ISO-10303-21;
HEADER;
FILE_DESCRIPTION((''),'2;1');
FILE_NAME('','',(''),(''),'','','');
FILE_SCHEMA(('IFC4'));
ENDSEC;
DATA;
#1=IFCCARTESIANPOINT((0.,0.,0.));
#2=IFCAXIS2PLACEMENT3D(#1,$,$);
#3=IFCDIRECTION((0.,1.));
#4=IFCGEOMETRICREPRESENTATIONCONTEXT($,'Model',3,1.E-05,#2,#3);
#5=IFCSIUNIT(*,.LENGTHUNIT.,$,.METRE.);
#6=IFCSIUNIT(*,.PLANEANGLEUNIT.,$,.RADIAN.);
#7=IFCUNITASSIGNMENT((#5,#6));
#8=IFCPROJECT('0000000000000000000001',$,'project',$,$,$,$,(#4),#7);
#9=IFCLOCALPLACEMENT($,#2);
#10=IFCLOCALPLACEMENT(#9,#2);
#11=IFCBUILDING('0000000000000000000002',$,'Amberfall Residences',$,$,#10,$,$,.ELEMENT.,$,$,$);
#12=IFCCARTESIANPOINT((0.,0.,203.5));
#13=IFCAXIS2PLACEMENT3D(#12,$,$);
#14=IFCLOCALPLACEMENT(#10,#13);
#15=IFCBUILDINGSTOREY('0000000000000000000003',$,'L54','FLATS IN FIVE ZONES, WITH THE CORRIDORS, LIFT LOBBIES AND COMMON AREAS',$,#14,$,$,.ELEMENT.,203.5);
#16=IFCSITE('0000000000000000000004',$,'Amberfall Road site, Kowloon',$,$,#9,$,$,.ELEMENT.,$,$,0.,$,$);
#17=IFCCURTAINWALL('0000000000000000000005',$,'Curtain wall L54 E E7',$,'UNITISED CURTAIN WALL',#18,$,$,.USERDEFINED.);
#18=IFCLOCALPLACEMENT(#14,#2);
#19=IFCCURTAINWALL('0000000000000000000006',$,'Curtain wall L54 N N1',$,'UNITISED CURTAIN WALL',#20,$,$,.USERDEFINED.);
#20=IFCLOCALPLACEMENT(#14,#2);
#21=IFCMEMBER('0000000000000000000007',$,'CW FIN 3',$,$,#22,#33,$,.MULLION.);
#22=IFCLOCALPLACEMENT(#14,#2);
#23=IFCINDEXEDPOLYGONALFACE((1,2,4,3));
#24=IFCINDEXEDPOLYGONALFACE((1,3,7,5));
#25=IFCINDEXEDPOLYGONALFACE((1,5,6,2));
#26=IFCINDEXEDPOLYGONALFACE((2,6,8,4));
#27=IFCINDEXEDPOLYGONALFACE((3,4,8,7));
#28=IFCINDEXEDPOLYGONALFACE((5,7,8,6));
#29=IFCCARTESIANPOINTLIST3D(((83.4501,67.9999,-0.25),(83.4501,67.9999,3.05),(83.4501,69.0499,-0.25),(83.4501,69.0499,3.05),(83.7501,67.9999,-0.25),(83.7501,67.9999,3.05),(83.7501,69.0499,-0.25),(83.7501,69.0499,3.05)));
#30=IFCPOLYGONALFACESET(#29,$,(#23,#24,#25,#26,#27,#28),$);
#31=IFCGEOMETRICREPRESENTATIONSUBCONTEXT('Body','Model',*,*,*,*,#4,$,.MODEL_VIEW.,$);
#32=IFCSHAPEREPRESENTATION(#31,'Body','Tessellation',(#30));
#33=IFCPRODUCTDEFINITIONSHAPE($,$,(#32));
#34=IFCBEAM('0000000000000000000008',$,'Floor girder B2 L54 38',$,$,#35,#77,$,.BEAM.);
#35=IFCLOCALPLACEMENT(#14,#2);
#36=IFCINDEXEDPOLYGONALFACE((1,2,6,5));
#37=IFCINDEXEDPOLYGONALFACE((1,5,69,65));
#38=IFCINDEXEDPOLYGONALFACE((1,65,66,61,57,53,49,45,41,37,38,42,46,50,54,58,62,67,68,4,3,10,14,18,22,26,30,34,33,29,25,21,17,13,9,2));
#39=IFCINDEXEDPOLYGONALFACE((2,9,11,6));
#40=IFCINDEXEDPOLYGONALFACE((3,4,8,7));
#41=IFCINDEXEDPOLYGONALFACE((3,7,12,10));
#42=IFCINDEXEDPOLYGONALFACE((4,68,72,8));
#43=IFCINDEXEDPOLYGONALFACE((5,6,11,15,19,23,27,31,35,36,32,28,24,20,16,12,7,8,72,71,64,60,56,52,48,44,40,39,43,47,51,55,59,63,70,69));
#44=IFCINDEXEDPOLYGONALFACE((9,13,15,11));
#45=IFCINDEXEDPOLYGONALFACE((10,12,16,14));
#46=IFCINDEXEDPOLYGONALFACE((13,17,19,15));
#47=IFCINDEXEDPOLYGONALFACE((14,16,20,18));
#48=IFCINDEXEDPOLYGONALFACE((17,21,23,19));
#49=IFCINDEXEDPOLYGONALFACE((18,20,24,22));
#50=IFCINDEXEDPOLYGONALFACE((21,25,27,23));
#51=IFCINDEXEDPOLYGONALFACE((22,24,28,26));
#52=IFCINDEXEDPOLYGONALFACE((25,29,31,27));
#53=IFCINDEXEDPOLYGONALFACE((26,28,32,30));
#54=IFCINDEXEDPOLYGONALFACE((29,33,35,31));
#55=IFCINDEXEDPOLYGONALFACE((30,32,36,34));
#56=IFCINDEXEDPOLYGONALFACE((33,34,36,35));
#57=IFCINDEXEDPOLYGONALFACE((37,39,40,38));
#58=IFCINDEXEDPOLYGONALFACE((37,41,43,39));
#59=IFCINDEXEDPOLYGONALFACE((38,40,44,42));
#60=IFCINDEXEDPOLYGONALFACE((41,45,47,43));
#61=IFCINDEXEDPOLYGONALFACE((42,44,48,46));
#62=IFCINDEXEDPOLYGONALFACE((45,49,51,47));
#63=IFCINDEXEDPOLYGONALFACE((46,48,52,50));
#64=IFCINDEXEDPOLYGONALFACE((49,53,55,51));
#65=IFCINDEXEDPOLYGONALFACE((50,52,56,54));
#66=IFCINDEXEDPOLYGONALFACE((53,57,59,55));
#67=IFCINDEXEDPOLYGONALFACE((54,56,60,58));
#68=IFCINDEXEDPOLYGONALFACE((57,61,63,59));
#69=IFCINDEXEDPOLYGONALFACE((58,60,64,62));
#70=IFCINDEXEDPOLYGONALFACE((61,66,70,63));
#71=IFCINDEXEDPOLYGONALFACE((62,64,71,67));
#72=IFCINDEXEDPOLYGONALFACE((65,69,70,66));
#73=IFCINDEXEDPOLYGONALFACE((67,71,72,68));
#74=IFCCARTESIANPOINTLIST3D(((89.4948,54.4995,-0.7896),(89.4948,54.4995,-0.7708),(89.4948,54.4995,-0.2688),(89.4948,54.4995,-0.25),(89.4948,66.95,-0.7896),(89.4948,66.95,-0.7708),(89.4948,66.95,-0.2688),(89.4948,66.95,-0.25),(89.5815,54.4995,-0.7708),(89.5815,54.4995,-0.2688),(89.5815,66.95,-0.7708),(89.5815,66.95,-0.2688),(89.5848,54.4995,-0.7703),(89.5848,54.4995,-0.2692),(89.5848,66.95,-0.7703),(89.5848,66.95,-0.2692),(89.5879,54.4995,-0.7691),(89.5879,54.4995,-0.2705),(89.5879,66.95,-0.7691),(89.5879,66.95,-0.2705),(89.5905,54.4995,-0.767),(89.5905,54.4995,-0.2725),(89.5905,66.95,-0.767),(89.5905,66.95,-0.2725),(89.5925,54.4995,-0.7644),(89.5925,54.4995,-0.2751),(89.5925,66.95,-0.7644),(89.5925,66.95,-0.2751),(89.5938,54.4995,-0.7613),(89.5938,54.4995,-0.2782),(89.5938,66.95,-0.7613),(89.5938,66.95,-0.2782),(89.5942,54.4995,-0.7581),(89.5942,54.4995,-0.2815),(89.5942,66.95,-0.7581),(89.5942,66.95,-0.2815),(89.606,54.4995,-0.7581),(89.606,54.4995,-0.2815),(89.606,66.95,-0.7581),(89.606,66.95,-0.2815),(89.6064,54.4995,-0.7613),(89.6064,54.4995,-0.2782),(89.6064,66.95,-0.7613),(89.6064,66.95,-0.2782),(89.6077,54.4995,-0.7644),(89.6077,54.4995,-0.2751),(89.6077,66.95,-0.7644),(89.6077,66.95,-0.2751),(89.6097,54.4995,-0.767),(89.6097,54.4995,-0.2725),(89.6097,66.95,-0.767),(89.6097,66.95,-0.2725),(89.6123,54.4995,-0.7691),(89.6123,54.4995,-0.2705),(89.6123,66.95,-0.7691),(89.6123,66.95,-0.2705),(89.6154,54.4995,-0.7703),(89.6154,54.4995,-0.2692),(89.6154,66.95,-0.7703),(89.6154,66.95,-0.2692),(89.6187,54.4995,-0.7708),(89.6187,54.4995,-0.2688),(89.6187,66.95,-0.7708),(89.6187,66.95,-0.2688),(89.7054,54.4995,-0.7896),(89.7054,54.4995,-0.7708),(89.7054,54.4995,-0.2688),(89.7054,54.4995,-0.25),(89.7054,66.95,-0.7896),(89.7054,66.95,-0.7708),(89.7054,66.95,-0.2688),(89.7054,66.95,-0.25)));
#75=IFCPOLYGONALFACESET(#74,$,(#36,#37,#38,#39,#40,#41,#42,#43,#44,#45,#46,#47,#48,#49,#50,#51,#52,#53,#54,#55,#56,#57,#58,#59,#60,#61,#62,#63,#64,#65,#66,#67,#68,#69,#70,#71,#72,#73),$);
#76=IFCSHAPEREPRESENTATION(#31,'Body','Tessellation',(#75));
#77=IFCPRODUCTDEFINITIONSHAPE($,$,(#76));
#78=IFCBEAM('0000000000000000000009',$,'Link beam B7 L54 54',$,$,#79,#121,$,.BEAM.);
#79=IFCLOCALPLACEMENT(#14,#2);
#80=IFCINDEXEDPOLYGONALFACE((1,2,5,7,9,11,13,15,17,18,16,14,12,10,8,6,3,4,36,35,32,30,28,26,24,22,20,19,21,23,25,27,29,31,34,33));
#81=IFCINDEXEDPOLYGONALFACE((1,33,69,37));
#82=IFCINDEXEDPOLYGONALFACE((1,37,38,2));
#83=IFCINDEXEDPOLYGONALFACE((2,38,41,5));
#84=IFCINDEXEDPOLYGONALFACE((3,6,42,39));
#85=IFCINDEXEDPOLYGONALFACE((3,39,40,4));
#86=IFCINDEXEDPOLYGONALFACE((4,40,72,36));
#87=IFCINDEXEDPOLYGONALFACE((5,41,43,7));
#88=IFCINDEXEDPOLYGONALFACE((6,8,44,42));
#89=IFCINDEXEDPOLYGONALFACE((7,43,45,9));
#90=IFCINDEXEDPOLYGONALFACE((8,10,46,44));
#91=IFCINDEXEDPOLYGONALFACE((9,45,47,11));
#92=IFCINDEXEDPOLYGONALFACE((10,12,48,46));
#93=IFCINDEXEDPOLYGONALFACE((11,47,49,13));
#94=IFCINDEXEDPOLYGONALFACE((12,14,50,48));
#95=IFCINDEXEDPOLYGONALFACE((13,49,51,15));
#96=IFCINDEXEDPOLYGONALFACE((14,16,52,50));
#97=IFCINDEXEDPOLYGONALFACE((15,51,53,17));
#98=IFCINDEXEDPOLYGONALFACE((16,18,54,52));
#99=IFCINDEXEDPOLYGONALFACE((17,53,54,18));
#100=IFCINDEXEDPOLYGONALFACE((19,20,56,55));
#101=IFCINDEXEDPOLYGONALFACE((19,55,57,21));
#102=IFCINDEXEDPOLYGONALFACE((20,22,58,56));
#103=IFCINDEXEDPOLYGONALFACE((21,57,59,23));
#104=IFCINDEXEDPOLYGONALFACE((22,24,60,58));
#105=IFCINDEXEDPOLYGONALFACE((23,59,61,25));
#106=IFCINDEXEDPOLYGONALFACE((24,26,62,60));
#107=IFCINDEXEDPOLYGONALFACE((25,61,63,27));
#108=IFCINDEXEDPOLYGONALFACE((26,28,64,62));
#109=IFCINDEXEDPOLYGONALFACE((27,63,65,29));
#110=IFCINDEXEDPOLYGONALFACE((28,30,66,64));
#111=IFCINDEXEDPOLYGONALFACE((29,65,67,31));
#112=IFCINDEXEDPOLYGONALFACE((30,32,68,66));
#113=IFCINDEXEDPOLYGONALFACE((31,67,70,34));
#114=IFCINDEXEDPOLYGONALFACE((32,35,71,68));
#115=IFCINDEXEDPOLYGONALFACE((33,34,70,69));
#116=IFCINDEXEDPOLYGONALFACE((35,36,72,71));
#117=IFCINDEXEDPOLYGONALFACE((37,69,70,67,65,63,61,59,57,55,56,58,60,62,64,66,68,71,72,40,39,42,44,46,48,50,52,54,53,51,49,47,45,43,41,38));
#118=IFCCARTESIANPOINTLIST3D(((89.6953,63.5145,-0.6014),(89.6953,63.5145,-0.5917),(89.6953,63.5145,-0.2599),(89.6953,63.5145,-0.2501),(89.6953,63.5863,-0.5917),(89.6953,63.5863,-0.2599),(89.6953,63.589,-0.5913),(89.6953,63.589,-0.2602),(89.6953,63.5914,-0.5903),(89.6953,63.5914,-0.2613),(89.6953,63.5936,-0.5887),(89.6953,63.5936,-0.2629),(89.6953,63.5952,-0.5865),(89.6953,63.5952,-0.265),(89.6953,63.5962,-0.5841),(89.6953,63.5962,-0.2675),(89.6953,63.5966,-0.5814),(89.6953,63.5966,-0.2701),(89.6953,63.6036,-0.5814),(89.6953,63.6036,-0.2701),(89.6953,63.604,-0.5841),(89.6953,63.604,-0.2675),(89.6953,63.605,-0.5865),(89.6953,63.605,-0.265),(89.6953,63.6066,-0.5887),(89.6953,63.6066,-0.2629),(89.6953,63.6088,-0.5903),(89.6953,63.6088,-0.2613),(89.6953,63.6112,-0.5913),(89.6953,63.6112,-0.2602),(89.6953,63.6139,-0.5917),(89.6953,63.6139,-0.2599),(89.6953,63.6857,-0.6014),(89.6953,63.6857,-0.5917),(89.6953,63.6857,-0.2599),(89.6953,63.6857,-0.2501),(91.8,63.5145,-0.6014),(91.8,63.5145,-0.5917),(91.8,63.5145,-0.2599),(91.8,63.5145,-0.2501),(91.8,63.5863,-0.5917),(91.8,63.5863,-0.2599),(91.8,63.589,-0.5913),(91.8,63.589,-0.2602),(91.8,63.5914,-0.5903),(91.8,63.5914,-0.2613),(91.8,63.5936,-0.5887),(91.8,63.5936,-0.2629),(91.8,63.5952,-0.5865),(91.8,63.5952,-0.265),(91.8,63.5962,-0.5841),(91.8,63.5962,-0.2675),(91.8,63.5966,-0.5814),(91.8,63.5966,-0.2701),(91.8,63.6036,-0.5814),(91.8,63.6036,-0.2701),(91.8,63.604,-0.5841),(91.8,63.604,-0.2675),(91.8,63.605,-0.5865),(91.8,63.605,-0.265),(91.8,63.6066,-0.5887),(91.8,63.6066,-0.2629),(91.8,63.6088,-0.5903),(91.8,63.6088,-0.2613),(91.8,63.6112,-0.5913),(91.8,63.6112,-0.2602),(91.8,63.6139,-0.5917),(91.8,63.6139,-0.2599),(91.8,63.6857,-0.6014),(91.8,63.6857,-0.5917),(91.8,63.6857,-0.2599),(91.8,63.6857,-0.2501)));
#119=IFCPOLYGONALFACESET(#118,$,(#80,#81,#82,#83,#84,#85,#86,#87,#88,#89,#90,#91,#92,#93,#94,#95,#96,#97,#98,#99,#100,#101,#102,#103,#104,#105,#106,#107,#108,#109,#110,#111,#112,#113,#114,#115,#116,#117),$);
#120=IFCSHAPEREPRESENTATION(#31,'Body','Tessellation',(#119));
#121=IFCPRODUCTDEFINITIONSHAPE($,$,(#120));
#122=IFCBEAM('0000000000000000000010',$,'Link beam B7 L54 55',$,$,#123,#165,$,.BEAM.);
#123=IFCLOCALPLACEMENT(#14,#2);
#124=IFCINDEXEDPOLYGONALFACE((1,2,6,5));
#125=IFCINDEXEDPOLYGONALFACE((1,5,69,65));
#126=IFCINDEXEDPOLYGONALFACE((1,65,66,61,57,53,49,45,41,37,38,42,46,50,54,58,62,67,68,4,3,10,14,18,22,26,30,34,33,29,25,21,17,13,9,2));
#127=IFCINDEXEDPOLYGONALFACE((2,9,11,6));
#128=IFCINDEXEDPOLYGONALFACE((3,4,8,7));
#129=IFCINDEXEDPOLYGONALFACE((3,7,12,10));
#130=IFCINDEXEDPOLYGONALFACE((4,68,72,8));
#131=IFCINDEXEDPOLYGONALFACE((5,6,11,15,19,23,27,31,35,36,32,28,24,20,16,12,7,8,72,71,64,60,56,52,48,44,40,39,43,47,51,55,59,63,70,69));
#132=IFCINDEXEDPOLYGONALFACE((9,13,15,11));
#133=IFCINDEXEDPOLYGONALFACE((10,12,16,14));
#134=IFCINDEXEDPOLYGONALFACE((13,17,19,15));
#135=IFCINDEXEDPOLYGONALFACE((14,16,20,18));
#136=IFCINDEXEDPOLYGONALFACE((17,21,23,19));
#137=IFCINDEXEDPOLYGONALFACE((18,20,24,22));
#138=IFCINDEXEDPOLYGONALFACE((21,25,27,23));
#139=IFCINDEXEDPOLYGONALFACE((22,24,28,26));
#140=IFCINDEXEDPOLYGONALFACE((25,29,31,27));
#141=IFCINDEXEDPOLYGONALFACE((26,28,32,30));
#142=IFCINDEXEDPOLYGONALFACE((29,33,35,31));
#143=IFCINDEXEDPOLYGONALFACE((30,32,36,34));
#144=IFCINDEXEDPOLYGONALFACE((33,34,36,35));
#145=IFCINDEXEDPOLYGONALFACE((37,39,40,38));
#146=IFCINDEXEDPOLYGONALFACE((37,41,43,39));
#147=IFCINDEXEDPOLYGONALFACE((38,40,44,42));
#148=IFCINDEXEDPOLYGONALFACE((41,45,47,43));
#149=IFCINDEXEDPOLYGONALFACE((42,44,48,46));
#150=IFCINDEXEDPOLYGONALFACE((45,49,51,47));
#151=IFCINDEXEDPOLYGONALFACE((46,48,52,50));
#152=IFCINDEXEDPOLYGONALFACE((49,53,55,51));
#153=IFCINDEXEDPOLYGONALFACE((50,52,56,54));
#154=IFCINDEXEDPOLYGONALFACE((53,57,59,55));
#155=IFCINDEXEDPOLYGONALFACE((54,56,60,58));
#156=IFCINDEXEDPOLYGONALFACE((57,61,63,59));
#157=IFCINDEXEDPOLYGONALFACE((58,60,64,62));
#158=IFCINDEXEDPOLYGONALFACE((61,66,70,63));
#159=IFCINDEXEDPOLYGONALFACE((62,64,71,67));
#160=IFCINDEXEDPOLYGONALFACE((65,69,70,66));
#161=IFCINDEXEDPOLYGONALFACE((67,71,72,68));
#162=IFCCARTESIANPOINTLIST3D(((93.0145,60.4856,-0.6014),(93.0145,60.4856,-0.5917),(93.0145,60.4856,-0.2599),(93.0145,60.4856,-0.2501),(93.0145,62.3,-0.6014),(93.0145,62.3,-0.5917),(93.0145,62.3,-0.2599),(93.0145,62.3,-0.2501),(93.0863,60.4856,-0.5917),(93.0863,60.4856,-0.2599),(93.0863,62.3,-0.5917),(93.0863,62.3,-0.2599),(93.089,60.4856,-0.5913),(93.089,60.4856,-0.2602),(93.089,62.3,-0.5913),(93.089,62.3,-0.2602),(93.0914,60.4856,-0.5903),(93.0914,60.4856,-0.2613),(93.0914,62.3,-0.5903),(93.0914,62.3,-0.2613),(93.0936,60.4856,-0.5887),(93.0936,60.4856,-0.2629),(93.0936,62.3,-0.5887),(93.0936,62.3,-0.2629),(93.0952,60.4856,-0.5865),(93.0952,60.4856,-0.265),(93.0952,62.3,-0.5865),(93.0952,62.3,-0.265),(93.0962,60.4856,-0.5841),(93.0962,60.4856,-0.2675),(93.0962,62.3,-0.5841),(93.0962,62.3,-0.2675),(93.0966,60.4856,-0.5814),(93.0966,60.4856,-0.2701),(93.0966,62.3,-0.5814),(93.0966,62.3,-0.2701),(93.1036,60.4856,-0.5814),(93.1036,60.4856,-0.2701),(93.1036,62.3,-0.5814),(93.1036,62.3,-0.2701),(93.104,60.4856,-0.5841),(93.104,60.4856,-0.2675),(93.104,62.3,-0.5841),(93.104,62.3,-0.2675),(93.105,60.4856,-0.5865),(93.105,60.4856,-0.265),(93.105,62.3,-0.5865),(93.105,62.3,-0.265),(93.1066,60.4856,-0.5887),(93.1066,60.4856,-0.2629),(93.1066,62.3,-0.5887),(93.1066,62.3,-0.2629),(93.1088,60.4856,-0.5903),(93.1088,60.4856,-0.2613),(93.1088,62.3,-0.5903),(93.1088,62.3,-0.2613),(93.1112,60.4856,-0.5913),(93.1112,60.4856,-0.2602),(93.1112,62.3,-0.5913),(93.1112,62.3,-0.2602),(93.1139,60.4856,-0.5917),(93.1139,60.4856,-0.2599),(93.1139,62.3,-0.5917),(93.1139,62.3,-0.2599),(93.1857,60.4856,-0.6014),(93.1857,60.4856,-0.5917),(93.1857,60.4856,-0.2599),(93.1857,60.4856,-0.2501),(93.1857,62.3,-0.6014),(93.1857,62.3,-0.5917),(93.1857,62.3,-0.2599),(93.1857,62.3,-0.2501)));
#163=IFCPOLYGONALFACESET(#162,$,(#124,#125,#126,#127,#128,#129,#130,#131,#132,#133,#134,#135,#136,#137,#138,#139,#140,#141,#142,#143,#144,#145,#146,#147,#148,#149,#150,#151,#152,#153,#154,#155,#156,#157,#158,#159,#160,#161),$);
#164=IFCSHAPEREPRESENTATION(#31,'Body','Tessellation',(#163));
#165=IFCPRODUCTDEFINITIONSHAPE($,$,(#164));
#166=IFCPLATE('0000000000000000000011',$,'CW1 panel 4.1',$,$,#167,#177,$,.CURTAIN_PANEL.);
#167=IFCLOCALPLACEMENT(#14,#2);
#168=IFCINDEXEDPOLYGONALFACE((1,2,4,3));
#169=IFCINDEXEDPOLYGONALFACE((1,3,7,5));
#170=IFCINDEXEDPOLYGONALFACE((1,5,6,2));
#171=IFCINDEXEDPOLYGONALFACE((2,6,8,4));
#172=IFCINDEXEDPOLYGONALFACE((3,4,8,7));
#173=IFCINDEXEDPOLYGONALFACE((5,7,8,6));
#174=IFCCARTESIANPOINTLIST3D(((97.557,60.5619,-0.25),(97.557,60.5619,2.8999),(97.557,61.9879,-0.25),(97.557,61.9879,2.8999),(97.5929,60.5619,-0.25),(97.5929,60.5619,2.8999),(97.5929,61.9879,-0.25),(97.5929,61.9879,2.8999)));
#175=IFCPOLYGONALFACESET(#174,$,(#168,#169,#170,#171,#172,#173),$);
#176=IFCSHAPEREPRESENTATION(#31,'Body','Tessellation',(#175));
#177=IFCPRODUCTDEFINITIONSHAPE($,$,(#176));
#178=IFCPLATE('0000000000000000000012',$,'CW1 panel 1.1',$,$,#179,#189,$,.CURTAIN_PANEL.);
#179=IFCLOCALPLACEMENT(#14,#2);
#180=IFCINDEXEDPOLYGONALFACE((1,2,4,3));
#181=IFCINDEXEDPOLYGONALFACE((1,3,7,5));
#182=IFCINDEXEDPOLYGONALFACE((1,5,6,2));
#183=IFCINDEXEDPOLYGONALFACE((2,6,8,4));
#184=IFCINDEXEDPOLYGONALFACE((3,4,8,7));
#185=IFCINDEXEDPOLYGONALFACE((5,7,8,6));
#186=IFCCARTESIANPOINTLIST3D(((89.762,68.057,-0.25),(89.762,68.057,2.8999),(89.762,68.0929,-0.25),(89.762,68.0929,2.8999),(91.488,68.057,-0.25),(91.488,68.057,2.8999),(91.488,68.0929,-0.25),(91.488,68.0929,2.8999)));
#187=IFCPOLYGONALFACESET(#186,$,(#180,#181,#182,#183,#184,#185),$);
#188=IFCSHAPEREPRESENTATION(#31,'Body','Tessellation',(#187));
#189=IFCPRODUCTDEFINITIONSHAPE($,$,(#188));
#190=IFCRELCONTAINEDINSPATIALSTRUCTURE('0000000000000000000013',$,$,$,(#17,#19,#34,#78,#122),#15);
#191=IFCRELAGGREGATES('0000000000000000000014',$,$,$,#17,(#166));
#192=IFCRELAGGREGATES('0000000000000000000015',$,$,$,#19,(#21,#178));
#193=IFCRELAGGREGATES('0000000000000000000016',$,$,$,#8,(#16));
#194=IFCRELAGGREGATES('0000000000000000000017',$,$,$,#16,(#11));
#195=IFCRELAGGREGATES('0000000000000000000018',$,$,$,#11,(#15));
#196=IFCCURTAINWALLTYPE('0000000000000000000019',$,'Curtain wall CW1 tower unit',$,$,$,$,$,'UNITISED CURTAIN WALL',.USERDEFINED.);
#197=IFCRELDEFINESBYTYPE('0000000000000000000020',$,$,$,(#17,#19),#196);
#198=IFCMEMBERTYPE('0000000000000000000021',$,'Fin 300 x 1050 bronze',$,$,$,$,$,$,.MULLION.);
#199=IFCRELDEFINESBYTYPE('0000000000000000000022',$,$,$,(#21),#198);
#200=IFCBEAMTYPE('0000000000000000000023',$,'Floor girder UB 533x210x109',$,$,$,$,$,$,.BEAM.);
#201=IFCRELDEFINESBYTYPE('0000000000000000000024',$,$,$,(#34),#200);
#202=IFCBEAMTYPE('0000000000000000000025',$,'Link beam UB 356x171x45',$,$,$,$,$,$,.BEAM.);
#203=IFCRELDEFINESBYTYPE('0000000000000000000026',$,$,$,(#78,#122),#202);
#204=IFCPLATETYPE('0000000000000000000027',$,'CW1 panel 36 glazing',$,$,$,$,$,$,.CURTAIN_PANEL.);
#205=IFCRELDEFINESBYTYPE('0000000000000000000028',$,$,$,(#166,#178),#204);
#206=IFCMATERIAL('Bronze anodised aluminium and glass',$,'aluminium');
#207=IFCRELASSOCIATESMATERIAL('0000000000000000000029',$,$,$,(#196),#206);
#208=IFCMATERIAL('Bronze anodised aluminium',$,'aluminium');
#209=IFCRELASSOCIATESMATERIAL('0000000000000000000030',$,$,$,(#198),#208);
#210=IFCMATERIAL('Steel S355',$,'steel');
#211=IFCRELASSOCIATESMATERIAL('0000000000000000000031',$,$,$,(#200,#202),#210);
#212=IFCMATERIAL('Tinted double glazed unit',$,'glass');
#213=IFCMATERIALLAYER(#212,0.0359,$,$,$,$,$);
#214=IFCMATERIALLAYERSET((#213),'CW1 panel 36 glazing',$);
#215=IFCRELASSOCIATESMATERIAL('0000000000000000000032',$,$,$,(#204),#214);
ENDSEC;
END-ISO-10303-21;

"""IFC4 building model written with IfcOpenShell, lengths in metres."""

from ifc_helpers import new_model, si_unit, direction, frame, origin, origin_2d, place, context, subcontext, project, spatial, rectangle, i_section, extrude, material, layer, layer_set, material_profile, profile_set, type_object, element, aggregate, save


model = new_model("IFC4")

# Units and contexts
model_context = context("Model", 3, precision=1e-05, world=origin(), true_north=direction((0.0, 1.0)))
body_context = subcontext(model_context, "Body", "Model", "MODEL_VIEW")
ifc_project = project(units=[si_unit("LENGTHUNIT", "METRE"), si_unit("PLANEANGLEUNIT", "RADIAN")], contexts=[model_context])

# Site, building, storey
site_placement = place(None, origin())
site = spatial("IfcSite", under=ifc_project, at=site_placement, Name="Amberfall Road site, Kowloon", CompositionType="ELEMENT", RefElevation=0.0)
building_placement = place(site_placement, origin())
building = spatial("IfcBuilding", under=site, at=building_placement, Name="Amberfall Residences", CompositionType="ELEMENT")
storey_placement = place(building_placement, frame((0.0, 0.0, 203.5)))
storey = spatial("IfcBuildingStorey", under=building, at=storey_placement, Name="L54", Description="FLATS IN FIVE ZONES, WITH THE CORRIDORS, LIFT LOBBIES AND COMMON AREAS", CompositionType="ELEMENT", Elevation=203.5)

# Curtain wall
ifc_material_1 = material(Name="Bronze anodised aluminium and glass", Category="aluminium")
curtain_wall_type = type_object("IfcCurtainWallType", Name="Curtain wall CW1 tower unit", ElementType="UNITISED CURTAIN WALL", PredefinedType="USERDEFINED", material=ifc_material_1)
curtain_wall_1_placement = place(storey_placement, origin())
curtain_wall_1 = element("IfcCurtainWall", 1, at=curtain_wall_1_placement, inside=storey, type_object=curtain_wall_type, Name="Curtain wall L54 E E7", ObjectType="UNITISED CURTAIN WALL", PredefinedType="USERDEFINED")
ifc_material_2 = material(Name="Bronze anodised aluminium", Category="aluminium")

# Curtain wall
curtain_wall_2_placement = place(storey_placement, origin())
curtain_wall_2 = element("IfcCurtainWall", 2, at=curtain_wall_2_placement, inside=storey, type_object=curtain_wall_type, Name="Curtain wall L54 N N1", ObjectType="UNITISED CURTAIN WALL", PredefinedType="USERDEFINED")

# Shared definitions
ifc_material_3 = material(Name="Steel S355", Category="steel")

# Member
ifc_material_profile_1 = material_profile(ifc_material_2, rectangle(XDim=1.05, YDim=0.3, at=origin_2d()), Name="Fin 300 x 1050 bronze")
ifc_profile_set_1 = profile_set([ifc_material_profile_1], Name="Bronze anodised aluminium")
member_type_1 = type_object("IfcMemberType", Name="Fin 300 x 1050 bronze", PredefinedType="MULLION", material=ifc_profile_set_1)
member_1_placement = place(storey_placement, frame((83.6001, 68.5249, -0.25), z_axis=(0.0, 0.0, 1.0), x_axis=(0.0, -1.0, 0.0)))
member_1 = element("IfcMember", 3, at=member_1_placement, type_object=member_type_1, Name="CW FIN 3", PredefinedType="MULLION", context=body_context, shape_type="SweptSolid", body=[
    extrude(rectangle(XDim=1.05, YDim=0.3, at=origin_2d()), origin(), (0.0, 0.0, 1.0), 3.3),
])

# Beams
ifc_material_profile_2 = material_profile(ifc_material_3, i_section(OverallWidth=0.2107, OverallDepth=0.5396, WebThickness=0.0117, FlangeThickness=0.0188, FilletRadius=0.0127, at=origin_2d()), Name="UB 533x210x109")
ifc_profile_set_2 = profile_set([ifc_material_profile_2], Name="Steel S355")
beam_type_1 = type_object("IfcBeamType", Name="Floor girder UB 533x210x109", PredefinedType="BEAM", material=ifc_profile_set_2)
beam_1_placement = place(storey_placement, frame((89.6001, 66.95, -0.5198), z_axis=(0.0, -1.0, 0.0), x_axis=(1.0, 0.0, 0.0)))
element("IfcBeam", 4, at=beam_1_placement, inside=storey, type_object=beam_type_1, Name="Floor girder B2 L54 38", PredefinedType="BEAM", context=body_context, shape_type="SweptSolid", body=[
    extrude(i_section(OverallWidth=0.2107, OverallDepth=0.5396, WebThickness=0.0117, FlangeThickness=0.0188, FilletRadius=0.0127, at=origin_2d()), origin(), (0.0, 0.0, 1.0), 12.4504),
])
ifc_material_profile_3 = material_profile(ifc_material_3, i_section(OverallWidth=0.1711, OverallDepth=0.3513, WebThickness=0.0071, FlangeThickness=0.0098, FilletRadius=0.0103, at=origin_2d()), Name="UB 356x171x45")
ifc_profile_set_3 = profile_set([ifc_material_profile_3], Name="Steel S355")
beam_type_2 = type_object("IfcBeamType", Name="Link beam UB 356x171x45", PredefinedType="BEAM", material=ifc_profile_set_3)
beam_2_placement = place(storey_placement, frame((91.8, 63.6001, -0.4258), z_axis=(-1.0, 0.0, 0.0), x_axis=(0.0, -1.0, 0.0)))
element("IfcBeam", 5, at=beam_2_placement, inside=storey, type_object=beam_type_2, Name="Link beam B7 L54 54", PredefinedType="BEAM", context=body_context, shape_type="SweptSolid", body=[
    extrude(i_section(OverallWidth=0.1711, OverallDepth=0.3513, WebThickness=0.0071, FlangeThickness=0.0098, FilletRadius=0.0103, at=origin_2d()), origin(), (0.0, 0.0, 1.0), 2.1047),
])
beam_3_placement = place(storey_placement, frame((93.1001, 62.3, -0.4258), z_axis=(0.0, -1.0, 0.0), x_axis=(1.0, 0.0, 0.0)))
element("IfcBeam", 6, at=beam_3_placement, inside=storey, type_object=beam_type_2, Name="Link beam B7 L54 55", PredefinedType="BEAM", context=body_context, shape_type="SweptSolid", body=[
    extrude(i_section(OverallWidth=0.1711, OverallDepth=0.3513, WebThickness=0.0071, FlangeThickness=0.0098, FilletRadius=0.0103, at=origin_2d()), origin(), (0.0, 0.0, 1.0), 1.8145),
])

# Plates
ifc_material_4 = material(Name="Tinted double glazed unit", Category="glass")
ifc_layer_1 = layer(ifc_material_4, 0.0359)
ifc_layer_set_1 = layer_set([ifc_layer_1], Name="CW1 panel 36 glazing")
plate_type = type_object("IfcPlateType", Name="CW1 panel 36 glazing", PredefinedType="CURTAIN_PANEL", material=ifc_layer_set_1)
plate_1_placement = place(storey_placement, frame((97.575, 61.2749, -0.25), z_axis=(0.0, 0.0, 1.0), x_axis=(0.0, 1.0, 0.0)))
plate_1 = element("IfcPlate", 7, at=plate_1_placement, type_object=plate_type, Name="CW1 panel 4.1", PredefinedType="CURTAIN_PANEL", context=body_context, shape_type="SweptSolid", body=[
    extrude(rectangle(XDim=1.426, YDim=0.0359, at=origin_2d()), origin(), (0.0, 0.0, 1.0), 3.1499),
])
aggregate(curtain_wall_1, [plate_1])
plate_2_placement = place(storey_placement, frame((90.625, 68.075, -0.25), z_axis=(0.0, 0.0, 1.0), x_axis=(-1.0, 0.0, 0.0)))
plate_2 = element("IfcPlate", 8, at=plate_2_placement, type_object=plate_type, Name="CW1 panel 1.1", PredefinedType="CURTAIN_PANEL", context=body_context, shape_type="SweptSolid", body=[
    extrude(rectangle(XDim=1.7261, YDim=0.0359, at=origin_2d()), origin(), (0.0, 0.0, 1.0), 3.1499),
])
aggregate(curtain_wall_2, [member_1, plate_2])

save(model, "model.ifc")
